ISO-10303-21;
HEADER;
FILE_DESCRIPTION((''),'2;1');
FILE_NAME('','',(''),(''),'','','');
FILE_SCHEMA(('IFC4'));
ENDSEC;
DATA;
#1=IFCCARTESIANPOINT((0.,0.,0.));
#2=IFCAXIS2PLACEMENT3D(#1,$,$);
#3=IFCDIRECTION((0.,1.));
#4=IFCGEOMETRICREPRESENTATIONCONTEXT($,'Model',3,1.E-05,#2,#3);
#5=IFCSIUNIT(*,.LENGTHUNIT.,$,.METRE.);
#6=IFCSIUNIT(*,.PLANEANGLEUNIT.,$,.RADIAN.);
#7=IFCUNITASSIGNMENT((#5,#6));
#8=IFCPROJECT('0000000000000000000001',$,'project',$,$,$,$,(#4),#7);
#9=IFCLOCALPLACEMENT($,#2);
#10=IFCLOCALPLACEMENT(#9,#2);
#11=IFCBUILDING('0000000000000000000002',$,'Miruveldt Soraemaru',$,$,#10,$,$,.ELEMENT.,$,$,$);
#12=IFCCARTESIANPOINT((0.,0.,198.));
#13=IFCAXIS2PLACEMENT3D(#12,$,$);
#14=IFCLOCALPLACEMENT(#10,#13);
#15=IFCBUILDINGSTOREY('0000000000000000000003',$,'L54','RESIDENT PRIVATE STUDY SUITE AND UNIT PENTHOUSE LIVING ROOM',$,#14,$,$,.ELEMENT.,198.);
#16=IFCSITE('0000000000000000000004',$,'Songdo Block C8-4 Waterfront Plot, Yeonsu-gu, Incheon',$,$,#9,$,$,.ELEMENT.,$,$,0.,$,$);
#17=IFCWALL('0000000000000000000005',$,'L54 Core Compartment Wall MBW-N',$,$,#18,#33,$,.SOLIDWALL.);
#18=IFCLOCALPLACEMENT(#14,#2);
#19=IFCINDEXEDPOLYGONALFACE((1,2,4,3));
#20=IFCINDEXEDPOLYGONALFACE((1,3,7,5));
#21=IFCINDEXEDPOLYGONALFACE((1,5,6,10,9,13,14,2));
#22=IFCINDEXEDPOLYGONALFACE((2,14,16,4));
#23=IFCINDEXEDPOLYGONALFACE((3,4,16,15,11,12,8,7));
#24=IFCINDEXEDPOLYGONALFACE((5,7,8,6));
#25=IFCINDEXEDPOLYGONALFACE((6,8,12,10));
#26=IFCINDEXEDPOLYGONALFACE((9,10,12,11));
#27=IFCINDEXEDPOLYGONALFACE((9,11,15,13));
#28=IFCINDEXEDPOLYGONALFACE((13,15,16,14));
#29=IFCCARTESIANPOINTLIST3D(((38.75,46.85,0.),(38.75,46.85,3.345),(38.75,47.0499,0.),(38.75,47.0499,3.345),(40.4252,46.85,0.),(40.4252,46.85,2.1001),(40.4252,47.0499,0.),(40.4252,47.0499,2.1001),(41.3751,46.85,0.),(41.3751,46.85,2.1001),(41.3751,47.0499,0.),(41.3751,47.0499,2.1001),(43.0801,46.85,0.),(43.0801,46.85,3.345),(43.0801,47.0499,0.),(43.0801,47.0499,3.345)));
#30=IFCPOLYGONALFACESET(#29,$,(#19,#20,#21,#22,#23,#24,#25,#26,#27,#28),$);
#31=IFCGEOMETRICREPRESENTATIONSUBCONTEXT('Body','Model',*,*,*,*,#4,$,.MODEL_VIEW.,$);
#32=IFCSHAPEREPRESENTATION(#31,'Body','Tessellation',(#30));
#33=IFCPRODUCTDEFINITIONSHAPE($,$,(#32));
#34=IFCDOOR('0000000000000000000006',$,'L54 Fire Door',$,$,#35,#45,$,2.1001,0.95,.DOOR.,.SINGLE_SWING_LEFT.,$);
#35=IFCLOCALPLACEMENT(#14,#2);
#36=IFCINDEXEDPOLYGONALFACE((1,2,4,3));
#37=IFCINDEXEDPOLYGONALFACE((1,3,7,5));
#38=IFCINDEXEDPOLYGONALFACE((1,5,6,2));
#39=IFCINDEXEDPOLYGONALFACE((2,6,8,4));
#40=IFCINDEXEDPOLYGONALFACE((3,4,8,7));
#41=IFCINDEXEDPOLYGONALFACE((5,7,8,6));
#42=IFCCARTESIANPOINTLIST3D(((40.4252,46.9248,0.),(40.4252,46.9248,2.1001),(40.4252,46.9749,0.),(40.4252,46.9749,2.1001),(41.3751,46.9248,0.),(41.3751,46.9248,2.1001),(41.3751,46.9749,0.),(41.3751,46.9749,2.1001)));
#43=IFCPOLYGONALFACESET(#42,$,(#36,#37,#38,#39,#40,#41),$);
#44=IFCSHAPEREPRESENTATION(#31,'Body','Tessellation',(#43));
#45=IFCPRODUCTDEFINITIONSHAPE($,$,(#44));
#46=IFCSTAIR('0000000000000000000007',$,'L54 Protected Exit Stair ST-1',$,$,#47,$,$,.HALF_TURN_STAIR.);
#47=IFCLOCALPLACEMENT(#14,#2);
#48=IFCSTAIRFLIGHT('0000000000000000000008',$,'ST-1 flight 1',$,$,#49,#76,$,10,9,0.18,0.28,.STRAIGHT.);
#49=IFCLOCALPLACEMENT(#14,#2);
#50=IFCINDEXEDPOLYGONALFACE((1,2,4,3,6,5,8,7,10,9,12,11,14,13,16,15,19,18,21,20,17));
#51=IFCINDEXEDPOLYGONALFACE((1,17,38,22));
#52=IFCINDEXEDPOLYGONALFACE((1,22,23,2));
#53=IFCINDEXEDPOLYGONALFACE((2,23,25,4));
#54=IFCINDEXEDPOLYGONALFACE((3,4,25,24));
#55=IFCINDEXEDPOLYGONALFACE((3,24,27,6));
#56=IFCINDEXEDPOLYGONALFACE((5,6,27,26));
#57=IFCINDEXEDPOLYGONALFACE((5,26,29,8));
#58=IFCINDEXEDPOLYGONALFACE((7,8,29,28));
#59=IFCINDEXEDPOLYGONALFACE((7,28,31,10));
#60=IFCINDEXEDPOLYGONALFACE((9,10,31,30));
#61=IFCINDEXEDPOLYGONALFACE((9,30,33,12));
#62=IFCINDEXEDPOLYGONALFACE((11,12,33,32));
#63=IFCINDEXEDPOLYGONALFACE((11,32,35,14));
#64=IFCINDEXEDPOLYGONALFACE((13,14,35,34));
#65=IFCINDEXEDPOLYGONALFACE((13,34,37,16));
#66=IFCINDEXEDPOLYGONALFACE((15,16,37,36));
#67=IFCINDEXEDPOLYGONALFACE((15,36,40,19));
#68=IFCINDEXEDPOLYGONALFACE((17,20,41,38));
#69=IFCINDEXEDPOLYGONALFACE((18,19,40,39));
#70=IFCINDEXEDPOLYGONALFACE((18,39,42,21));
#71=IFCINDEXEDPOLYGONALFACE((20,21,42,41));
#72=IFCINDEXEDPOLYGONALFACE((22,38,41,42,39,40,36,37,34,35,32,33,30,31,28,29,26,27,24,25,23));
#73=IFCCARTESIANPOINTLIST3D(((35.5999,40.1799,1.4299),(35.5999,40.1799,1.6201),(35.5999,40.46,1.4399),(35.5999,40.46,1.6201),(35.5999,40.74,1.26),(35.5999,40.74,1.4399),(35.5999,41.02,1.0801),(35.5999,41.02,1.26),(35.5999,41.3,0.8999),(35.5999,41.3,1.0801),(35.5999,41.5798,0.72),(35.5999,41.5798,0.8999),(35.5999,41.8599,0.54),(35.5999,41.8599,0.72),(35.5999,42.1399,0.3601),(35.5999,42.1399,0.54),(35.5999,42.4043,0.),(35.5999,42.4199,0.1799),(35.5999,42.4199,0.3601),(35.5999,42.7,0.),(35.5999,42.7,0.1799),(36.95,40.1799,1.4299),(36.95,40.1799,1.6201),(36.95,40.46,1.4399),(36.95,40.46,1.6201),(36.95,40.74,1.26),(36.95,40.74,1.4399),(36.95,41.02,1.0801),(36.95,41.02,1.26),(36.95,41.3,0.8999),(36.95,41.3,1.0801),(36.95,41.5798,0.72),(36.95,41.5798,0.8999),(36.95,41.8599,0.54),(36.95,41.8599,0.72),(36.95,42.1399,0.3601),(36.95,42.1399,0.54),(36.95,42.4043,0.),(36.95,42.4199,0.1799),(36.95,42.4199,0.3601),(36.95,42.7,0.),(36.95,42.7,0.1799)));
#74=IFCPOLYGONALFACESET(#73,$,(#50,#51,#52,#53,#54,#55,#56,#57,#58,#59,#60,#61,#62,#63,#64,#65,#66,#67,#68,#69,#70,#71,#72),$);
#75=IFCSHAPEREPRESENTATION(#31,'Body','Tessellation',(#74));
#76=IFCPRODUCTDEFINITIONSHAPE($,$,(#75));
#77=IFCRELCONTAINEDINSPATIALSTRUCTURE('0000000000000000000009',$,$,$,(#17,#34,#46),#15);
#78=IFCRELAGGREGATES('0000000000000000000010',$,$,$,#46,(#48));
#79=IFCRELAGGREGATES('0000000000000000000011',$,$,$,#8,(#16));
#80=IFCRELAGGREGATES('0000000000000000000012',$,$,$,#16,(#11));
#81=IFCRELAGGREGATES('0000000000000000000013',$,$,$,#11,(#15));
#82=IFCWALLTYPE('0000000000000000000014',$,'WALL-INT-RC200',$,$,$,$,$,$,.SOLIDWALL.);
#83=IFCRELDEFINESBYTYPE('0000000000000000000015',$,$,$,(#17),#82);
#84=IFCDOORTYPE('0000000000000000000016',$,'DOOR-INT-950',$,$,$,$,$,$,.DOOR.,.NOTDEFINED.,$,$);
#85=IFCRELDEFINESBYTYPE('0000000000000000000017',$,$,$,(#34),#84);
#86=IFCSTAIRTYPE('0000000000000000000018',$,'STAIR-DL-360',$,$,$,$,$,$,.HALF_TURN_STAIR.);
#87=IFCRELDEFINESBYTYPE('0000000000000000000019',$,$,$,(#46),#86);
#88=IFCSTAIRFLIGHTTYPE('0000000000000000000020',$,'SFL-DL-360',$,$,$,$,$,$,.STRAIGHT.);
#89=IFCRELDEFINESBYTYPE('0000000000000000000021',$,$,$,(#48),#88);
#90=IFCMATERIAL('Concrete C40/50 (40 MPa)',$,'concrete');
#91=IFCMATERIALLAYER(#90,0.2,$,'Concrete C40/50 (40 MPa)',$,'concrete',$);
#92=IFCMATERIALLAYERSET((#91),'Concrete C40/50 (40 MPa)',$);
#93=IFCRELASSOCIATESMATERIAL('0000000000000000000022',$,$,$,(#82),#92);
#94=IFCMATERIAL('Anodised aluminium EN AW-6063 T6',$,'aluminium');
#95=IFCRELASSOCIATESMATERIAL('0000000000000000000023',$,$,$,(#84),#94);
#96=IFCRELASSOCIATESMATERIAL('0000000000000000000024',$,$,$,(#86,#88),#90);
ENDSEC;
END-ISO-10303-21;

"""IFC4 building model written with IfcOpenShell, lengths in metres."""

from ifc_helpers import new_model, si_unit, direction, frame, frame_2d, origin, place, context, subcontext, project, spatial, polyline, rectangle, outline, extrude, material, layer, layer_set, type_object, element, fill, aggregate, save


model = new_model("IFC4")

# Units and contexts
model_context = context("Model", 3, precision=1e-05, world=origin(), true_north=direction((0.0, 1.0)))
body_context = subcontext(model_context, "Body", "Model", "MODEL_VIEW")
ifc_project = project(units=[si_unit("LENGTHUNIT", "METRE"), si_unit("PLANEANGLEUNIT", "RADIAN")], contexts=[model_context])

# Site, building, storey
site_placement = place(None, origin())
site = spatial("IfcSite", under=ifc_project, at=site_placement, Name="Songdo Block C8-4 Waterfront Plot, Yeonsu-gu, Incheon", CompositionType="ELEMENT", RefElevation=0.0)
building_placement = place(site_placement, origin())
building = spatial("IfcBuilding", under=site, at=building_placement, Name="Miruveldt Soraemaru", CompositionType="ELEMENT")
storey_placement = place(building_placement, frame((0.0, 0.0, 198.0)))
storey = spatial("IfcBuildingStorey", under=building, at=storey_placement, Name="L54", Description="RESIDENT PRIVATE STUDY SUITE AND UNIT PENTHOUSE LIVING ROOM", CompositionType="ELEMENT", Elevation=198.0)

# Wall, opening, door
ifc_material_1 = material(Name="Concrete C40/50 (40 MPa)", Category="concrete")
ifc_material_2 = material(Name="Anodised aluminium EN AW-6063 T6", Category="aluminium")
ifc_layer_1 = layer(ifc_material_1, 0.2, Name="Concrete C40/50 (40 MPa)", Category="concrete")
ifc_layer_set_1 = layer_set([ifc_layer_1], Name="Concrete C40/50 (40 MPa)")
wall_type_1 = type_object("IfcWallType", Name="WALL-INT-RC200", PredefinedType="SOLIDWALL", material=ifc_layer_set_1)
wall_1_placement = place(storey_placement, frame((38.75, 46.95, 0.0), z_axis=(0.0, 0.0, 1.0), x_axis=(1.0, 0.0, 0.0)))
wall_1 = element("IfcWall", 1, at=wall_1_placement, inside=storey, type_object=wall_type_1, Name="L54 Core Compartment Wall MBW-N", PredefinedType="SOLIDWALL", context=body_context, shape_type="SweptSolid", body=[
    extrude(rectangle(XDim=4.3301, YDim=0.2, at=frame_2d((2.165, 0.0))), origin(), (0.0, 0.0, 1.0), 3.345),
])
opening_1_placement = place(wall_1_placement, frame((1.675, 0.0, 0.0)))
opening_1 = element("IfcOpeningElement", 2, at=opening_1_placement, cuts=wall_1, PredefinedType="OPENING", context=body_context, shape_type="SweptSolid", body=[
    extrude(rectangle(XDim=0.95, YDim=2.1001, at=frame_2d((0.4751, 1.05))), frame((0.0, 0.1099, 0.0), z_axis=(0.0, -1.0, 0.0), x_axis=(1.0, 0.0, 0.0)), (0.0, 0.0, 1.0), 0.22),
])
door_type_1 = type_object("IfcDoorType", Name="DOOR-INT-950", OperationType="NOTDEFINED", PredefinedType="DOOR", material=ifc_material_2)
door_1_placement = place(opening_1_placement, origin())
door_1 = element("IfcDoor", 3, at=door_1_placement, inside=storey, type_object=door_type_1, Name="L54 Fire Door", OperationType="SINGLE_SWING_LEFT", OverallHeight=2.1001, OverallWidth=0.95, PredefinedType="DOOR", context=body_context, shape_type="SweptSolid", body=[
    extrude(rectangle(XDim=0.95, YDim=2.1001, at=frame_2d((0.4751, 1.05))), frame((0.0, 0.0249, 0.0), z_axis=(0.0, -1.0, 0.0), x_axis=(1.0, 0.0, 0.0)), (0.0, 0.0, 1.0), 0.05),
])
fill(opening_1, door_1)

# Stair, stair flight
stair_type = type_object("IfcStairType", Name="STAIR-DL-360", PredefinedType="HALF_TURN_STAIR", material=ifc_material_1)
stair_placement = place(storey_placement, origin())
stair = element("IfcStair", 4, at=stair_placement, inside=storey, type_object=stair_type, Name="L54 Protected Exit Stair ST-1", PredefinedType="HALF_TURN_STAIR")
stair_flight_type = type_object("IfcStairFlightType", Name="SFL-DL-360", PredefinedType="STRAIGHT", material=ifc_material_1)
stair_flight_placement = place(storey_placement, frame((36.2749, 42.7, 0.0), z_axis=(0.0, 0.0, 1.0), x_axis=(0.0, -1.0, 0.0)))
stair_flight = element("IfcStairFlight", 5, at=stair_flight_placement, type_object=stair_flight_type, Name="ST-1 flight 1", NumberOfRisers=10, NumberOfTreads=9, PredefinedType="STRAIGHT", RiserHeight=0.18, TreadLength=0.28, context=body_context, shape_type="SweptSolid", body=[
    extrude(outline(polyline([(0.0, 0.0), (0.0, 0.1799), (0.28, 0.1799), (0.28, 0.3601), (0.5601, 0.3601), (0.5601, 0.54), (0.8401, 0.54), (0.8401, 0.72), (1.1201, 0.72), (1.1201, 0.8999), (1.3999, 0.8999), (1.3999, 1.0801), (1.6799, 1.0801), (1.6799, 1.26), (1.96, 1.26), (1.96, 1.4399), (2.24, 1.4399), (2.24, 1.6201), (2.52, 1.6201), (2.52, 1.8), (2.52, 1.4299), (0.2957, 0.0), (0.0, 0.0)])), frame((0.0, 0.675, 0.0), z_axis=(0.0, -1.0, 0.0), x_axis=(1.0, 0.0, 0.0)), (0.0, 0.0, 1.0), 1.3501),
])
aggregate(stair, [stair_flight])

save(model, "model.ifc")
